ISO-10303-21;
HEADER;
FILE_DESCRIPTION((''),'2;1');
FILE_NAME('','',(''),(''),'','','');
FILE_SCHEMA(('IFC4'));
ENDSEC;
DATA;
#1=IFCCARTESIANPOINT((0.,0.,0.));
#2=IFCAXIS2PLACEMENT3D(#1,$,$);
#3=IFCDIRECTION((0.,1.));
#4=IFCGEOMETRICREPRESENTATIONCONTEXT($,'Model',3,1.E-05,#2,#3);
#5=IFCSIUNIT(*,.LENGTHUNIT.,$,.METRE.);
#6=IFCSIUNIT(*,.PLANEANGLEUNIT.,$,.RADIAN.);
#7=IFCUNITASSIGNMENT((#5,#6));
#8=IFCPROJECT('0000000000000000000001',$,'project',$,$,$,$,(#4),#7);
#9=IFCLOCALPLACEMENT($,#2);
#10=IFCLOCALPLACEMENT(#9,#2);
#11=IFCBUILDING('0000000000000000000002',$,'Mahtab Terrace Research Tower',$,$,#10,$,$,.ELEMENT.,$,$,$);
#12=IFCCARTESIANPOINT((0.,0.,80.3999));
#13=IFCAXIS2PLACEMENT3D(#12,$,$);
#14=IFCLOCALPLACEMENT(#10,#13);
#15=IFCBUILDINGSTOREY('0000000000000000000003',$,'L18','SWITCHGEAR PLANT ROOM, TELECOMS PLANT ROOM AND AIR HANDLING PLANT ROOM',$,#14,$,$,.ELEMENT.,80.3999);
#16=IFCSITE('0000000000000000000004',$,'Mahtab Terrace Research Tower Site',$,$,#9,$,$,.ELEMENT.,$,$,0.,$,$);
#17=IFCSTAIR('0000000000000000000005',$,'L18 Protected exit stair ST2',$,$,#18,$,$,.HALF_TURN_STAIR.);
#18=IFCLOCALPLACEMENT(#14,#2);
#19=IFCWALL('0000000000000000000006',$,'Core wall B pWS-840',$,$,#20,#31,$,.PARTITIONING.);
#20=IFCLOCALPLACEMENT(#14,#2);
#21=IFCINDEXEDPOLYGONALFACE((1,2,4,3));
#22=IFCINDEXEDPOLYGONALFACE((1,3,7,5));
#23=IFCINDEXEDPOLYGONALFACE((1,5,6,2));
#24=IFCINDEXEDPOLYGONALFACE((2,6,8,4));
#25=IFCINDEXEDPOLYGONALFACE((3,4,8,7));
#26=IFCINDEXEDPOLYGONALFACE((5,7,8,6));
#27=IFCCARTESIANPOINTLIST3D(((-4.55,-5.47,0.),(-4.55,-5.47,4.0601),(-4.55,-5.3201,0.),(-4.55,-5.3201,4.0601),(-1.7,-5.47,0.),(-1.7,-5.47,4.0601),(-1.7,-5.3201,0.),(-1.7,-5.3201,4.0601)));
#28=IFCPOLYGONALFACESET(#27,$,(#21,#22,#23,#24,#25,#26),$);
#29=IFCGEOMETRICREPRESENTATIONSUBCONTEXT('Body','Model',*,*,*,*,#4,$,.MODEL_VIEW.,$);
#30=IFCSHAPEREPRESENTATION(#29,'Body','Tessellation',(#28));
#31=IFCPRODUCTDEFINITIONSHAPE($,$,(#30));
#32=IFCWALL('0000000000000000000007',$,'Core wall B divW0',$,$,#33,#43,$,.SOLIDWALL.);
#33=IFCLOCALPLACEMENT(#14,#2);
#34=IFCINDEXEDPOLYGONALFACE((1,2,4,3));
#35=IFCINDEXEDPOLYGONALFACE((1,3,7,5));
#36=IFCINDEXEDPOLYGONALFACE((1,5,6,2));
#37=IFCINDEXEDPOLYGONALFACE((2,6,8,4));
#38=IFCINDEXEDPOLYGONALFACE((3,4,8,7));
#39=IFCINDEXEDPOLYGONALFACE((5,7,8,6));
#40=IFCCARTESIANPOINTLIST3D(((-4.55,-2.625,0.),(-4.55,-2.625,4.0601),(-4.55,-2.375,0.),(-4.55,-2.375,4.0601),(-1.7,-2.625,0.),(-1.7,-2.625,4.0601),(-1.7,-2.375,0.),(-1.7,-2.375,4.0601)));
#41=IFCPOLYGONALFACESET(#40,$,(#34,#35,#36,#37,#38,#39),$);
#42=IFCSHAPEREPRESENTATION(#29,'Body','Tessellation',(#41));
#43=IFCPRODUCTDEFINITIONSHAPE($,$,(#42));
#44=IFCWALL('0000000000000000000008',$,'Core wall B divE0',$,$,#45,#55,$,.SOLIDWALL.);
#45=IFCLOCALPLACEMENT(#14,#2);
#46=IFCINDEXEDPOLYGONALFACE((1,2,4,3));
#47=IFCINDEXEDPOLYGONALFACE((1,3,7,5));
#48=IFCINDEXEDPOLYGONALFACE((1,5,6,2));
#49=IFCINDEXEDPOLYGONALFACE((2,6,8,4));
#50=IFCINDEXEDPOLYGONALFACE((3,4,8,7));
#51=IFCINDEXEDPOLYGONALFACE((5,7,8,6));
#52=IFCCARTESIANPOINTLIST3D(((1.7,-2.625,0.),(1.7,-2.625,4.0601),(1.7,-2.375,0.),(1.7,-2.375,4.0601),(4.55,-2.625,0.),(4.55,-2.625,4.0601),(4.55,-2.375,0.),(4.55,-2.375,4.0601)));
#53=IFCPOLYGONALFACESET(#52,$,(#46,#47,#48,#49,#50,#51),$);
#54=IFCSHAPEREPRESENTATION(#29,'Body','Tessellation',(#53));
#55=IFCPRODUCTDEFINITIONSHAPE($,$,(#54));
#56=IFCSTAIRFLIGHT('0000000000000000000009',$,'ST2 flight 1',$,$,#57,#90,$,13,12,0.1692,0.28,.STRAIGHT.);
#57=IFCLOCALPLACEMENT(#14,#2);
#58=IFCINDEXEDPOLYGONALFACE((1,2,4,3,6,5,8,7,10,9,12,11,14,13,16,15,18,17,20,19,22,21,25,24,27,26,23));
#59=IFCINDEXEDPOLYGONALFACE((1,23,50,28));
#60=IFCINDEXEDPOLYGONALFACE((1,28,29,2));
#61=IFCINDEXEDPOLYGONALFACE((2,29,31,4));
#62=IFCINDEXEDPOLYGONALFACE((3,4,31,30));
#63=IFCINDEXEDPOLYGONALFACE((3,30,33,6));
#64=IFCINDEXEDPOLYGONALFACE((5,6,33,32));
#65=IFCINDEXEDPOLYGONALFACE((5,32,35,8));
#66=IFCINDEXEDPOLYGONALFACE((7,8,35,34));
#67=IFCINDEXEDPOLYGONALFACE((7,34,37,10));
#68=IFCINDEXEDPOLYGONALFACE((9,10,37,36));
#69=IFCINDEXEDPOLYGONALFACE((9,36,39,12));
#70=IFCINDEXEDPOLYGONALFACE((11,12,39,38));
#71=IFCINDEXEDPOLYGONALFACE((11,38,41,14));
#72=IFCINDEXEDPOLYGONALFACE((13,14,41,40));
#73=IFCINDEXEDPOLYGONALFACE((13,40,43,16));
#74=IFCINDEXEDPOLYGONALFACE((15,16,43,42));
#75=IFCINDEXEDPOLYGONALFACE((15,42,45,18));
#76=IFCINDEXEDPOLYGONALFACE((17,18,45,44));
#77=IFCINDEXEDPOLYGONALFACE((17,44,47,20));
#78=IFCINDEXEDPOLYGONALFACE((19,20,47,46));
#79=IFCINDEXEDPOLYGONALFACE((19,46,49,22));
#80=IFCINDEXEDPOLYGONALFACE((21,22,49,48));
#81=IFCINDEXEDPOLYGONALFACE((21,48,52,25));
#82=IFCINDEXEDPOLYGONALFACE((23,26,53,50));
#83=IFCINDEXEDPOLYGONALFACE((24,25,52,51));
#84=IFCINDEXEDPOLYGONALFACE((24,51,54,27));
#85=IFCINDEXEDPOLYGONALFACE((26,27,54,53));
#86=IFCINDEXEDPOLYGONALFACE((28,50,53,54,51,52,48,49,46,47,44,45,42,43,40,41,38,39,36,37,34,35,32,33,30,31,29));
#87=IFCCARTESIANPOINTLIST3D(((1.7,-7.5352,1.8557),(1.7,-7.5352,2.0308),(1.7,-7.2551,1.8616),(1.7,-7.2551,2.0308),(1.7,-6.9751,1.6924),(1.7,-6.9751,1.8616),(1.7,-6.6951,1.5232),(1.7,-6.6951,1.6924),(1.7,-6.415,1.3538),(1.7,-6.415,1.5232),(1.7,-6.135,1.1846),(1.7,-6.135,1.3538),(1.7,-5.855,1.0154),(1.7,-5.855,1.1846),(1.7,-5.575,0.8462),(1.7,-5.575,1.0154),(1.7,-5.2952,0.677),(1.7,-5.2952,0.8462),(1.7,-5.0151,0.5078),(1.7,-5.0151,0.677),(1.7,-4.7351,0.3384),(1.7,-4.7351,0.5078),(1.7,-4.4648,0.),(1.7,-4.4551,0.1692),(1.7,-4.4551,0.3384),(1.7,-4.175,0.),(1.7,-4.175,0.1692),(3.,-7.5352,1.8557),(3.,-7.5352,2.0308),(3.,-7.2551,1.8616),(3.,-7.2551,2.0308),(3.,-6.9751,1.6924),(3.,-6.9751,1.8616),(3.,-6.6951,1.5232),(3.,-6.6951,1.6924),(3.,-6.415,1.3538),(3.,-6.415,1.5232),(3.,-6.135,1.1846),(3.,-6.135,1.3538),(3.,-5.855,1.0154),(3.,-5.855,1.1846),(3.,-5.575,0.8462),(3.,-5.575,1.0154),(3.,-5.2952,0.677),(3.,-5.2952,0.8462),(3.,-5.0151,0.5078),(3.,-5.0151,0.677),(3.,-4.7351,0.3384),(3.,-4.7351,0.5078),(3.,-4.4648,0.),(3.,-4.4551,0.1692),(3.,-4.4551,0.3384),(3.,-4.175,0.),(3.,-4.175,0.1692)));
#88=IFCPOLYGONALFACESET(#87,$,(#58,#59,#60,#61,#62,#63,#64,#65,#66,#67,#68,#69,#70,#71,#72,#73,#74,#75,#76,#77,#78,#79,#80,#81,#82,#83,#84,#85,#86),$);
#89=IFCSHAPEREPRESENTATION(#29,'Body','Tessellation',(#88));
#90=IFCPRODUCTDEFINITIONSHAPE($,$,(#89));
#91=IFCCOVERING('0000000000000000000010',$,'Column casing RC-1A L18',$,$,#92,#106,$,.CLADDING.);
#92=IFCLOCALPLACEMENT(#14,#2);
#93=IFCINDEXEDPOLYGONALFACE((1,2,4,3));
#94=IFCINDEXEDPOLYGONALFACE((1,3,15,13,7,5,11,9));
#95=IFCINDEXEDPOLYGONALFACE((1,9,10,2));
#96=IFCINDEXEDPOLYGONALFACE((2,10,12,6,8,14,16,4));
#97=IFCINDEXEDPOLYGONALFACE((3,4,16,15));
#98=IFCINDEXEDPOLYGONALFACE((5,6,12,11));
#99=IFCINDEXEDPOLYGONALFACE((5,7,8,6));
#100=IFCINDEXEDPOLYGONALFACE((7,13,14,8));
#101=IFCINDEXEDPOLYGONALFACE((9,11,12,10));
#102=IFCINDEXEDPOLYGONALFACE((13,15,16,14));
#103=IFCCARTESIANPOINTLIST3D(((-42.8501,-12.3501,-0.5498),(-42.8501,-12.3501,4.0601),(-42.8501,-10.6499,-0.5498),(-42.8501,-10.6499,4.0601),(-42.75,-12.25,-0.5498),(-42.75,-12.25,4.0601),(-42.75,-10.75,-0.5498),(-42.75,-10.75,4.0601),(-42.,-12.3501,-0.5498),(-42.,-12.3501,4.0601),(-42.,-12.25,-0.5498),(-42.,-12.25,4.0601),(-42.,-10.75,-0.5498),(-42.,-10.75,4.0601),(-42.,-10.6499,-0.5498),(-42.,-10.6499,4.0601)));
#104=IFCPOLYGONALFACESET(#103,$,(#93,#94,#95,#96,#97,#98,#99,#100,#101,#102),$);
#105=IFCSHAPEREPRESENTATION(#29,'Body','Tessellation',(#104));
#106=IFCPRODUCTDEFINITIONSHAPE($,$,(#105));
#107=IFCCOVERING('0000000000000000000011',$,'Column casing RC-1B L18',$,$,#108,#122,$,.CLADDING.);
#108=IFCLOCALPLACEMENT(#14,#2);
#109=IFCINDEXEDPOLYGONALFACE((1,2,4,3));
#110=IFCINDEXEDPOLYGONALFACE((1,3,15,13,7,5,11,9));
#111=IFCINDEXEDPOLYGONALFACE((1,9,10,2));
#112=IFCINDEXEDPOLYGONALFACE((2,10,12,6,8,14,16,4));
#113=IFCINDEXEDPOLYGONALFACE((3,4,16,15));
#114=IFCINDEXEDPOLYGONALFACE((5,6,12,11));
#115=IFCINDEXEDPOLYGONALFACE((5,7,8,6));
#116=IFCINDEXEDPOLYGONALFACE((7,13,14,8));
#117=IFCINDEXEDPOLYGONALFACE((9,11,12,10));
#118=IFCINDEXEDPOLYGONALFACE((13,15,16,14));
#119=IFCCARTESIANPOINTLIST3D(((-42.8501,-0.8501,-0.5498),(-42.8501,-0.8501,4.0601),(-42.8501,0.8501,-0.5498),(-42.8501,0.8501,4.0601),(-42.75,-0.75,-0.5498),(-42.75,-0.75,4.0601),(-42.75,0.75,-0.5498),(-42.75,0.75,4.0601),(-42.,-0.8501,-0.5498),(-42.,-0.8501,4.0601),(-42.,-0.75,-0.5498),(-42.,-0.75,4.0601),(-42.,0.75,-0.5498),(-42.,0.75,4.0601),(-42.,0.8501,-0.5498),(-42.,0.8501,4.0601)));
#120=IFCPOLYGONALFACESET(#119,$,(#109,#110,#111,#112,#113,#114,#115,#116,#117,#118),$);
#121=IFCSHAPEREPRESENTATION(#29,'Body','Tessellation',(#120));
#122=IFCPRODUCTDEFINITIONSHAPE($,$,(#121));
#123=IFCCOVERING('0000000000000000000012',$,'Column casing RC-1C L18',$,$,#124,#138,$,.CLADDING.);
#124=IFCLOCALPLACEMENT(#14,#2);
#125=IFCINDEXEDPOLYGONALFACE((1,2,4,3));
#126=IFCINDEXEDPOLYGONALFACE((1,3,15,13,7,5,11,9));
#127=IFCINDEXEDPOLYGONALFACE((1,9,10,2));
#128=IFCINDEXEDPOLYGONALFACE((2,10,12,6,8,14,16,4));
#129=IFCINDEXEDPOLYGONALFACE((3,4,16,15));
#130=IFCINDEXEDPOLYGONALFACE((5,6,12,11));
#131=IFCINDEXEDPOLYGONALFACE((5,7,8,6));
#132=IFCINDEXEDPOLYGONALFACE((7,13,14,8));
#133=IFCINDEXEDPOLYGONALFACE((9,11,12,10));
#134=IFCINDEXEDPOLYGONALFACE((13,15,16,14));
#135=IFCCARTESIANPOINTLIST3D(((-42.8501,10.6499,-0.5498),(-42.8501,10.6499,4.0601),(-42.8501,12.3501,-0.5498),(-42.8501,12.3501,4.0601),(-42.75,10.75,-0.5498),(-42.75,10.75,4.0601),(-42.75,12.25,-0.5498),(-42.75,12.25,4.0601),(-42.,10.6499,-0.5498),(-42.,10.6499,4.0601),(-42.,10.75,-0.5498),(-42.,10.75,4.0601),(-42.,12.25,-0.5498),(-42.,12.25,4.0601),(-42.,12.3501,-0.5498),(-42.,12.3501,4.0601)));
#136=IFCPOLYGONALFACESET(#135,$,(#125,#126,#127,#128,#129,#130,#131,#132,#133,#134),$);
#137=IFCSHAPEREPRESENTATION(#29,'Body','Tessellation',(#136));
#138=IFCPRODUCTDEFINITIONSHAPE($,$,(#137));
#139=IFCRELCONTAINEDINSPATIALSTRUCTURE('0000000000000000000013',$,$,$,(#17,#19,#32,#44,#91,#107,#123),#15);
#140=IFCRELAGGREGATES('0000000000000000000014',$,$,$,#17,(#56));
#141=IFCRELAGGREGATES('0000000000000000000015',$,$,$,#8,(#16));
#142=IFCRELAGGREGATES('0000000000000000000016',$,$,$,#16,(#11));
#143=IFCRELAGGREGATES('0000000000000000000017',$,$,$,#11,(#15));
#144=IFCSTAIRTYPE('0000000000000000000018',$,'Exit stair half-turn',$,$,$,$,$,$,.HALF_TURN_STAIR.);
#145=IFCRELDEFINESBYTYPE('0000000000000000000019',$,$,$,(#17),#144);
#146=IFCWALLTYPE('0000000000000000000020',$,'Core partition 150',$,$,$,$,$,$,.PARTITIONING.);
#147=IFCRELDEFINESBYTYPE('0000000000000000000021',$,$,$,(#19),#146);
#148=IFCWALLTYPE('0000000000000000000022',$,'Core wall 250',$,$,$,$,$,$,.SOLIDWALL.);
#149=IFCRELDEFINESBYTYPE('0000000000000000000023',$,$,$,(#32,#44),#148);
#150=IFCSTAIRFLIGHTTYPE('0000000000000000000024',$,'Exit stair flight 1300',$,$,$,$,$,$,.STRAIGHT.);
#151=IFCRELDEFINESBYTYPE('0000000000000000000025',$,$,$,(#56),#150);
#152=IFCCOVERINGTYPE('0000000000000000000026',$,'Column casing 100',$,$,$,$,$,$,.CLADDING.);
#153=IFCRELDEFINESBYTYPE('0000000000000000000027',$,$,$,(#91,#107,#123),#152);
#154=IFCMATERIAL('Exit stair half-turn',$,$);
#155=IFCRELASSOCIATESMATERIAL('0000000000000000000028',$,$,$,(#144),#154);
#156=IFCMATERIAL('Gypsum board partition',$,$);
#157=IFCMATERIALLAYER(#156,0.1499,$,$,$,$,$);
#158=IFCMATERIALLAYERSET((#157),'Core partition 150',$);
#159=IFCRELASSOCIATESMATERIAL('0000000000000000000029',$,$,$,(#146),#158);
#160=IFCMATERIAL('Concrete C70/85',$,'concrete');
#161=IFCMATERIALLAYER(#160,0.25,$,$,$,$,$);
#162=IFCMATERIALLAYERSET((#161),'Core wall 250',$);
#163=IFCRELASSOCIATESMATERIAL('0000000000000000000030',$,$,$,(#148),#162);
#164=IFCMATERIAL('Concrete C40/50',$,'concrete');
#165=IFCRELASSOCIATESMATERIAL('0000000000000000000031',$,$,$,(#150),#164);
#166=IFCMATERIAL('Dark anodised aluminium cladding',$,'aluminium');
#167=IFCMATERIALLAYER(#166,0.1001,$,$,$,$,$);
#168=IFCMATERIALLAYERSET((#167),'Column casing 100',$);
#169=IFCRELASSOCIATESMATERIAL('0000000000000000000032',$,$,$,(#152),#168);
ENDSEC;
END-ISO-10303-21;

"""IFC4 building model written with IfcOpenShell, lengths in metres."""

from ifc_helpers import new_model, si_unit, direction, frame, frame_2d, origin, place, context, subcontext, project, spatial, polyline, rectangle, outline, extrude, material, layer, layer_set, type_object, element, aggregate, save


model = new_model("IFC4")

# Units and contexts
model_context = context("Model", 3, precision=1e-05, world=origin(), true_north=direction((0.0, 1.0)))
body_context = subcontext(model_context, "Body", "Model", "MODEL_VIEW")
ifc_project = project(units=[si_unit("LENGTHUNIT", "METRE"), si_unit("PLANEANGLEUNIT", "RADIAN")], contexts=[model_context])

# Site, building, storey
site_placement = place(None, origin())
site = spatial("IfcSite", under=ifc_project, at=site_placement, Name="Mahtab Terrace Research Tower Site", CompositionType="ELEMENT", RefElevation=0.0)
building_placement = place(site_placement, origin())
building = spatial("IfcBuilding", under=site, at=building_placement, Name="Mahtab Terrace Research Tower", CompositionType="ELEMENT")
storey_placement = place(building_placement, frame((0.0, 0.0, 80.3999)))
storey = spatial("IfcBuildingStorey", under=building, at=storey_placement, Name="L18", Description="SWITCHGEAR PLANT ROOM, TELECOMS PLANT ROOM AND AIR HANDLING PLANT ROOM", CompositionType="ELEMENT", Elevation=80.3999)

# Stair
ifc_material_1 = material(Name="Exit stair half-turn")
stair_type = type_object("IfcStairType", Name="Exit stair half-turn", PredefinedType="HALF_TURN_STAIR", material=ifc_material_1)
ifc_material_2 = material(Name="Concrete C40/50", Category="concrete")
stair_1_placement = place(storey_placement, origin())
stair_1 = element("IfcStair", 1, at=stair_1_placement, inside=storey, type_object=stair_type, Name="L18 Protected exit stair ST2", PredefinedType="HALF_TURN_STAIR")

# Walls
ifc_material_3 = material(Name="Gypsum board partition")
ifc_layer_1 = layer(ifc_material_3, 0.1499)
ifc_layer_set_1 = layer_set([ifc_layer_1], Name="Core partition 150")
wall_type_1 = type_object("IfcWallType", Name="Core partition 150", PredefinedType="PARTITIONING", material=ifc_layer_set_1)
wall_placement = place(storey_placement, frame((-4.55, -5.395, 0.0), z_axis=(0.0, 0.0, 1.0), x_axis=(1.0, 0.0, 0.0)))
element("IfcWall", 2, at=wall_placement, inside=storey, type_object=wall_type_1, Name="Core wall B pWS-840", PredefinedType="PARTITIONING", context=body_context, shape_type="SweptSolid", body=[
    extrude(rectangle(XDim=2.8501, YDim=0.1499, at=frame_2d((1.425, 0.0))), origin(), (0.0, 0.0, 1.0), 4.0601),
])
ifc_material_4 = material(Name="Concrete C70/85", Category="concrete")
ifc_layer_2 = layer(ifc_material_4, 0.25)
ifc_layer_set_2 = layer_set([ifc_layer_2], Name="Core wall 250")
wall_type_2 = type_object("IfcWallType", Name="Core wall 250", PredefinedType="SOLIDWALL", material=ifc_layer_set_2)
for number, where, z_axis, x_axis, name in (
    (3, (-4.55, -2.5, 0.0), (0.0, 0.0, 1.0), (1.0, 0.0, 0.0), "Core wall B divW0"),
    (4, (1.7, -2.5, 0.0), (0.0, 0.0, 1.0), (1.0, 0.0, 0.0), "Core wall B divE0"),
):
    element("IfcWall", number, at=place(storey_placement, frame(where, z_axis=z_axis, x_axis=x_axis)), inside=storey, type_object=wall_type_2, Name=name, PredefinedType="SOLIDWALL", context=body_context, shape_type="SweptSolid", body=[
        extrude(rectangle(XDim=2.8501, YDim=0.25, at=frame_2d((1.425, 0.0))), origin(), (0.0, 0.0, 1.0), 4.0601),
    ])

# Stair flight
stair_flight_type = type_object("IfcStairFlightType", Name="Exit stair flight 1300", PredefinedType="STRAIGHT", material=ifc_material_2)
stair_flight_placement = place(storey_placement, frame((2.3501, -4.175, 0.0), z_axis=(0.0, 0.0, 1.0), x_axis=(0.0, -1.0, 0.0)))
stair_flight = element("IfcStairFlight", 5, at=stair_flight_placement, type_object=stair_flight_type, Name="ST2 flight 1", NumberOfRisers=13, NumberOfTreads=12, PredefinedType="STRAIGHT", RiserHeight=0.1692, TreadLength=0.28, context=body_context, shape_type="SweptSolid", body=[
    extrude(outline(polyline([(0.0, 0.0), (0.0, 0.1692), (0.28, 0.1692), (0.28, 0.3384), (0.5601, 0.3384), (0.5601, 0.5078), (0.8401, 0.5078), (0.8401, 0.677), (1.1201, 0.677), (1.1201, 0.8462), (1.3999, 0.8462), (1.3999, 1.0154), (1.6799, 1.0154), (1.6799, 1.1846), (1.96, 1.1846), (1.96, 1.3538), (2.24, 1.3538), (2.24, 1.5232), (2.52, 1.5232), (2.52, 1.6924), (2.8, 1.6924), (2.8, 1.8616), (3.0801, 1.8616), (3.0801, 2.0308), (3.3601, 2.0308), (3.3601, 2.2), (3.3601, 1.8557), (0.2898, 0.0), (0.0, 0.0)])), frame((0.0, 0.6499, 0.0), z_axis=(0.0, -1.0, 0.0), x_axis=(1.0, 0.0, 0.0)), (0.0, 0.0, 1.0), 1.3),
])
aggregate(stair_1, [stair_flight])

# Coverings
ifc_material_5 = material(Name="Dark anodised aluminium cladding", Category="aluminium")
ifc_layer_3 = layer(ifc_material_5, 0.1001)
ifc_layer_set_3 = layer_set([ifc_layer_3], Name="Column casing 100")
covering_type = type_object("IfcCoveringType", Name="Column casing 100", PredefinedType="CLADDING", material=ifc_layer_set_3)
covering_1_placement = place(storey_placement, frame((0.0, 0.0, -0.5498)))
element("IfcCovering", 6, at=covering_1_placement, inside=storey, type_object=covering_type, Name="Column casing RC-1A L18", PredefinedType="CLADDING", context=body_context, shape_type="SweptSolid", body=[
    extrude(outline(polyline([(-42.8501, -10.6499), (-42.0, -10.6499), (-42.0, -10.75), (-42.75, -10.75), (-42.75, -12.25), (-42.0, -12.25), (-42.0, -12.3501), (-42.8501, -12.3501), (-42.8501, -10.6499)])), origin(), (0.0, 0.0, 1.0), 4.6099),
])
covering_2_placement = place(storey_placement, frame((0.0, 0.0, -0.5498)))
element("IfcCovering", 7, at=covering_2_placement, inside=storey, type_object=covering_type, Name="Column casing RC-1B L18", PredefinedType="CLADDING", context=body_context, shape_type="SweptSolid", body=[
    extrude(outline(polyline([(-42.8501, 0.8501), (-42.0, 0.8501), (-42.0, 0.75), (-42.75, 0.75), (-42.75, -0.75), (-42.0, -0.75), (-42.0, -0.8501), (-42.8501, -0.8501), (-42.8501, 0.8501)])), origin(), (0.0, 0.0, 1.0), 4.6099),
])
covering_3_placement = place(storey_placement, frame((0.0, 0.0, -0.5498)))
element("IfcCovering", 8, at=covering_3_placement, inside=storey, type_object=covering_type, Name="Column casing RC-1C L18", PredefinedType="CLADDING", context=body_context, shape_type="SweptSolid", body=[
    extrude(outline(polyline([(-42.8501, 12.3501), (-42.0, 12.3501), (-42.0, 12.25), (-42.75, 12.25), (-42.75, 10.75), (-42.0, 10.75), (-42.0, 10.6499), (-42.8501, 10.6499), (-42.8501, 12.3501)])), origin(), (0.0, 0.0, 1.0), 4.6099),
])

save(model, "model.ifc")
